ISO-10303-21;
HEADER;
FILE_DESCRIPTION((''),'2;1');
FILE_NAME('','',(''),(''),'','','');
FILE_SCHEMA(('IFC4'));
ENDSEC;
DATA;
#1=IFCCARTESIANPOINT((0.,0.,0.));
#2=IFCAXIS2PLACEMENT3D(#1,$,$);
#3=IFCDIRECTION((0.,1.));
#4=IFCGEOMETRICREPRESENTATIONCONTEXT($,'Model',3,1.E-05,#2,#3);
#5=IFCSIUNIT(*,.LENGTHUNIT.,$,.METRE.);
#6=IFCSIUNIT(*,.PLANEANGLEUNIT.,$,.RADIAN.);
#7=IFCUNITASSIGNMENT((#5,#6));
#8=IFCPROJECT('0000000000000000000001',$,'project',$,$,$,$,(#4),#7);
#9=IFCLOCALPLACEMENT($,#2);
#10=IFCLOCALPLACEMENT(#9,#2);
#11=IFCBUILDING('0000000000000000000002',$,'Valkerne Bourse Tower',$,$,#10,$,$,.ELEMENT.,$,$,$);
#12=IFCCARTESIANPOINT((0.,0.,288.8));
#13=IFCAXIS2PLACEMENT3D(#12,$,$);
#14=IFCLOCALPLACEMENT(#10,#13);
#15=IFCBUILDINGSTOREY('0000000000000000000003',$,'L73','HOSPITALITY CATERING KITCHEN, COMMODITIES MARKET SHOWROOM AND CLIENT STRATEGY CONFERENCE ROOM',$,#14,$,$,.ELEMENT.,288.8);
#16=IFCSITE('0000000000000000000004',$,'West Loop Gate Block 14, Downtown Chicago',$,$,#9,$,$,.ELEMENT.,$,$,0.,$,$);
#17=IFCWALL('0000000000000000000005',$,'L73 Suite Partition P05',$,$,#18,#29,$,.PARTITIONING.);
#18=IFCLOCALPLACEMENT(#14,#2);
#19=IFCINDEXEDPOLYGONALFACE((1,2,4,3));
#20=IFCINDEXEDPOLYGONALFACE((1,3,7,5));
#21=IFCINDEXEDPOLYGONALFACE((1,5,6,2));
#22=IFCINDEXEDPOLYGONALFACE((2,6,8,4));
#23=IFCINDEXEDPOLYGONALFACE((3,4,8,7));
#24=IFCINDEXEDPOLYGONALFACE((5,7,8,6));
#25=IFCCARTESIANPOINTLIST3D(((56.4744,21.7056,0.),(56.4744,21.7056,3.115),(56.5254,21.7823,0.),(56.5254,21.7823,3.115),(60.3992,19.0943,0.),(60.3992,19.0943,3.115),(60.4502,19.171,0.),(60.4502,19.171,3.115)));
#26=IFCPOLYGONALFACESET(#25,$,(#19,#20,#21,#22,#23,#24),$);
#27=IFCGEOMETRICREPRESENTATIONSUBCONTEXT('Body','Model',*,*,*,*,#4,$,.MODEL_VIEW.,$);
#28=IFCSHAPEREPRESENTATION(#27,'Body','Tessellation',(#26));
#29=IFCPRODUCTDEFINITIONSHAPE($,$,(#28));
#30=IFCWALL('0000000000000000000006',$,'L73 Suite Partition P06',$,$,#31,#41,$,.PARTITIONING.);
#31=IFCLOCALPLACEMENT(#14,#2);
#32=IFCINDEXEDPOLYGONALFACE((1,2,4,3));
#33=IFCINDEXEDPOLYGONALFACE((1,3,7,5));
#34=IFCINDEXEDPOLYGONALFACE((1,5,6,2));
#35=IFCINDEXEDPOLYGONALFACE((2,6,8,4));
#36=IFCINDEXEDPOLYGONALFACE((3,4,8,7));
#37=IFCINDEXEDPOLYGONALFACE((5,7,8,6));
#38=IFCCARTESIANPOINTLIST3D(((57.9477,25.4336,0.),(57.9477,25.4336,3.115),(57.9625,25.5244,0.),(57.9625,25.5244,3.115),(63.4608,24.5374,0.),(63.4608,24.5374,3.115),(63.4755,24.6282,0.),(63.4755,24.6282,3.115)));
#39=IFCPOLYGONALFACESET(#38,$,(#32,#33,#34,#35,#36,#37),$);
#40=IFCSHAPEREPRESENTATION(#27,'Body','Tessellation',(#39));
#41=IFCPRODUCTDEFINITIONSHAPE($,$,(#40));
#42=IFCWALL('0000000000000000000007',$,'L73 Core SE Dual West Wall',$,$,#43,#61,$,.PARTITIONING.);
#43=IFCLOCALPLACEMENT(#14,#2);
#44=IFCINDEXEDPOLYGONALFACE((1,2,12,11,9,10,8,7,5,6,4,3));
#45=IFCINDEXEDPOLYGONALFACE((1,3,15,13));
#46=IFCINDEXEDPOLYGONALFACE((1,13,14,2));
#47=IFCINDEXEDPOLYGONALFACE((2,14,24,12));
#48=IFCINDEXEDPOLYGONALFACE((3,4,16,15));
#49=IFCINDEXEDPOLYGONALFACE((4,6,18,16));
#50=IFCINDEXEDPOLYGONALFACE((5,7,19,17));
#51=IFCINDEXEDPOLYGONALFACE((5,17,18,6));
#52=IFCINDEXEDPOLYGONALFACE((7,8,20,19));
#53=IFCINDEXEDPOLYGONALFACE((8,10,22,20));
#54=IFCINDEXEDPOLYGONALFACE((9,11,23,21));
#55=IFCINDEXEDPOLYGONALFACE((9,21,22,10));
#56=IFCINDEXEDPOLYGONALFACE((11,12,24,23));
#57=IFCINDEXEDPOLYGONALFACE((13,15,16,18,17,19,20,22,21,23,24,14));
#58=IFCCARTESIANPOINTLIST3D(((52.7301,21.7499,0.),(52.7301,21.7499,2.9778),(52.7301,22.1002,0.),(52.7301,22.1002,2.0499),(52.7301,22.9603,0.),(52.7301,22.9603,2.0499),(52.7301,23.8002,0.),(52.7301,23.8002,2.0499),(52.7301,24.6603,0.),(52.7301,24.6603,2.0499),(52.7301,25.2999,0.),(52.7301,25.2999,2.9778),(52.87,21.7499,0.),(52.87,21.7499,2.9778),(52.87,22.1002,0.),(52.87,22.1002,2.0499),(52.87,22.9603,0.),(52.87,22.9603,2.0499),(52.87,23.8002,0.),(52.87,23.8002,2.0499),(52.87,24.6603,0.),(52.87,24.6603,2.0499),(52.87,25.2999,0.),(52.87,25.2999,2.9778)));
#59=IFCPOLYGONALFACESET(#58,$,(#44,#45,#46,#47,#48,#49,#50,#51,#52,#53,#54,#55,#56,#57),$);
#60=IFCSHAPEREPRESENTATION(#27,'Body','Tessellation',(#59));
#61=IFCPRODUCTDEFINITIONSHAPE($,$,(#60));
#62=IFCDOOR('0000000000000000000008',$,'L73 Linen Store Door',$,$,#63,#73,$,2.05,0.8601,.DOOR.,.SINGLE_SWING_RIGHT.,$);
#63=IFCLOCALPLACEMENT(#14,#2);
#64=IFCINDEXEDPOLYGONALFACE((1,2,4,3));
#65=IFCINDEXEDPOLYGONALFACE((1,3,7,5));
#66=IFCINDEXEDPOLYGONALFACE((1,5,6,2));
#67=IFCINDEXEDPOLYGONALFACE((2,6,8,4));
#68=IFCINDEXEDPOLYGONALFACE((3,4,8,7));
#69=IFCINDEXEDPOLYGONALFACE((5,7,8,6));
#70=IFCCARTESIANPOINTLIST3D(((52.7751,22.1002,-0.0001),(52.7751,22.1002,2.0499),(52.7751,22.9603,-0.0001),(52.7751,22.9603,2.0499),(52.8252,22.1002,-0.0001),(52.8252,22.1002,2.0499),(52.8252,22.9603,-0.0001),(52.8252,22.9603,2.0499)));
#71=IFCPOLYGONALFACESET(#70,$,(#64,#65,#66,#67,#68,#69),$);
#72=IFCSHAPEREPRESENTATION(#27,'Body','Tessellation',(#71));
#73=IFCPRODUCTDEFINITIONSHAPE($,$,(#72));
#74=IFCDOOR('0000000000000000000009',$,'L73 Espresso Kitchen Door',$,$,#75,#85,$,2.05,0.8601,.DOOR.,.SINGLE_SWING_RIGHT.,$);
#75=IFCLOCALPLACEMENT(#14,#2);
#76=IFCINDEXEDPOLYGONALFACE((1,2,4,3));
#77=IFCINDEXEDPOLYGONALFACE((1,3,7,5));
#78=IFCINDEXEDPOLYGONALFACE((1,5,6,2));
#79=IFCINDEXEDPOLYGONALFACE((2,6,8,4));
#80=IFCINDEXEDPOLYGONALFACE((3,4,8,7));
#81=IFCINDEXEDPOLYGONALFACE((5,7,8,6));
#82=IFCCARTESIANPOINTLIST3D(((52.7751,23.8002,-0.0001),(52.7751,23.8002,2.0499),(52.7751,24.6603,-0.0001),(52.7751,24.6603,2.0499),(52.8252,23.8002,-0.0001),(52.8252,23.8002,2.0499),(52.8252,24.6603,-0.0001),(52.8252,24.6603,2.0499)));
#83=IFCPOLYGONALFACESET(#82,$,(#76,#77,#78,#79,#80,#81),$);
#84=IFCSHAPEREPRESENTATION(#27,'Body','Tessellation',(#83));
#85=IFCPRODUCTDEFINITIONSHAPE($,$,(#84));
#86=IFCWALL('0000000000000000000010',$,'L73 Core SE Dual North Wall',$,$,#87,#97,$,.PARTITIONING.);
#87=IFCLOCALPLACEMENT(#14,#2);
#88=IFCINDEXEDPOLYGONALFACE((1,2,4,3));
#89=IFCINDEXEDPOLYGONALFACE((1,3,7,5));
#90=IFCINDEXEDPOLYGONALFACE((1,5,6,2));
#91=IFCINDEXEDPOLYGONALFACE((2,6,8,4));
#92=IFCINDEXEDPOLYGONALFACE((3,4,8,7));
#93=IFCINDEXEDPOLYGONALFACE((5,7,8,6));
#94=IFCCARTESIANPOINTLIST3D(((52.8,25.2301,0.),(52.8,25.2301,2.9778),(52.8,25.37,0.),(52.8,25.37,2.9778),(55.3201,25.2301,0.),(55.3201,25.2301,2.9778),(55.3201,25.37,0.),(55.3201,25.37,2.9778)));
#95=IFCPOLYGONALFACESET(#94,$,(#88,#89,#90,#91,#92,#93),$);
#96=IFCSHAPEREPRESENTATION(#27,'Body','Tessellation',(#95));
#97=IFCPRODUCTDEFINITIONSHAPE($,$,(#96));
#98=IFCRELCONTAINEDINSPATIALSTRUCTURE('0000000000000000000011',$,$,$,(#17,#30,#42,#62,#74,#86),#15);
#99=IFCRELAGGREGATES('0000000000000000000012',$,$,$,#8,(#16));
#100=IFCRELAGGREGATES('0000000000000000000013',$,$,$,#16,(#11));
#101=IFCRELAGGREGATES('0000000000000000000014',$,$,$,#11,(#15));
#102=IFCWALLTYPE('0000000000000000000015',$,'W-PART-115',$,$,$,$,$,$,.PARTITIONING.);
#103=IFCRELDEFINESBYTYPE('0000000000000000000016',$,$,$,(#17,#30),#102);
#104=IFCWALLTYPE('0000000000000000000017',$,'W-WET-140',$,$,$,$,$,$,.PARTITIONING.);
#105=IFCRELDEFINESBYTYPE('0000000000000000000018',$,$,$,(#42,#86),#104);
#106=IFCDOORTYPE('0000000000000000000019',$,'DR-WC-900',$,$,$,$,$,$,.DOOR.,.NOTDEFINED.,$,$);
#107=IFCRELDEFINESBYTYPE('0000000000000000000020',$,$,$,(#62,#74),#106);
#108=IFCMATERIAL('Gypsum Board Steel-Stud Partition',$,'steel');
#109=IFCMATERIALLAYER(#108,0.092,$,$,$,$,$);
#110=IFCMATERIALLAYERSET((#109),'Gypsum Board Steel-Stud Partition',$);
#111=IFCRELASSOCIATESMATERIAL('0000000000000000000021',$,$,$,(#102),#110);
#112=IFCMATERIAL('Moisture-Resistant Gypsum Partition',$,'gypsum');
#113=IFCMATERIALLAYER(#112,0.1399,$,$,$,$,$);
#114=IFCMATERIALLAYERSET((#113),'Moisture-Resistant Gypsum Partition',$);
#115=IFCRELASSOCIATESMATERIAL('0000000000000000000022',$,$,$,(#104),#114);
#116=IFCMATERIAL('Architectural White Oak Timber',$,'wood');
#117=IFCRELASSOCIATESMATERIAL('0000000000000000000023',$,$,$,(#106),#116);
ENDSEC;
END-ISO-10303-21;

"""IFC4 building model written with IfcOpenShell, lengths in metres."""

from ifc_helpers import new_model, si_unit, direction, frame, frame_2d, origin, place, context, subcontext, project, spatial, rectangle, extrude, material, layer, layer_set, type_object, element, fill, save


model = new_model("IFC4")

# Units and contexts
model_context = context("Model", 3, precision=1e-05, world=origin(), true_north=direction((0.0, 1.0)))
body_context = subcontext(model_context, "Body", "Model", "MODEL_VIEW")
ifc_project = project(units=[si_unit("LENGTHUNIT", "METRE"), si_unit("PLANEANGLEUNIT", "RADIAN")], contexts=[model_context])

# Site, building, storey
site_placement = place(None, origin())
site = spatial("IfcSite", under=ifc_project, at=site_placement, Name="West Loop Gate Block 14, Downtown Chicago", CompositionType="ELEMENT", RefElevation=0.0)
building_placement = place(site_placement, origin())
building = spatial("IfcBuilding", under=site, at=building_placement, Name="Valkerne Bourse Tower", CompositionType="ELEMENT")
storey_placement = place(building_placement, frame((0.0, 0.0, 288.8)))
storey = spatial("IfcBuildingStorey", under=building, at=storey_placement, Name="L73", Description="HOSPITALITY CATERING KITCHEN, COMMODITIES MARKET SHOWROOM AND CLIENT STRATEGY CONFERENCE ROOM", CompositionType="ELEMENT", Elevation=288.8)

# Shared definitions
ifc_material_1 = material(Name="Gypsum Board Steel-Stud Partition", Category="steel")

# Walls
ifc_layer_1 = layer(ifc_material_1, 0.092)
ifc_layer_set_1 = layer_set([ifc_layer_1], Name="Gypsum Board Steel-Stud Partition")
wall_type_1 = type_object("IfcWallType", Name="W-PART-115", PredefinedType="PARTITIONING", material=ifc_layer_set_1)
wall_1_placement = place(storey_placement, frame((56.5, 21.7439, 0.0), z_axis=(0.0, 0.0, 1.0), x_axis=(0.83256, -0.553935, 0.0)))
element("IfcWall", 1, at=wall_1_placement, inside=storey, type_object=wall_type_1, Name="L73 Suite Partition P05", PredefinedType="PARTITIONING", context=body_context, shape_type="SweptSolid", body=[
    extrude(rectangle(XDim=4.7141, YDim=0.092, at=frame_2d((2.3569, 0.0))), origin(), (0.0, 0.0, 1.0), 3.115),
])
wall_2_placement = place(storey_placement, frame((57.9551, 25.479, 0.0), z_axis=(0.0, 0.0, 1.0), x_axis=(0.987043, -0.160457, 0.0)))
element("IfcWall", 2, at=wall_2_placement, inside=storey, type_object=wall_type_1, Name="L73 Suite Partition P06", PredefinedType="PARTITIONING", context=body_context, shape_type="SweptSolid", body=[
    extrude(rectangle(XDim=5.5854, YDim=0.092, at=frame_2d((2.7927, 0.0))), origin(), (0.0, 0.0, 1.0), 3.115),
])

# Wall, openings, doors
ifc_material_2 = material(Name="Moisture-Resistant Gypsum Partition", Category="gypsum")
ifc_layer_2 = layer(ifc_material_2, 0.1399)
ifc_layer_set_2 = layer_set([ifc_layer_2], Name="Moisture-Resistant Gypsum Partition")
wall_type_2 = type_object("IfcWallType", Name="W-WET-140", PredefinedType="PARTITIONING", material=ifc_layer_set_2)
wall_3_placement = place(storey_placement, frame((52.8, 21.75, 0.0), z_axis=(0.0, 0.0, 1.0), x_axis=(0.0, 1.0, 0.0)))
wall_3 = element("IfcWall", 3, at=wall_3_placement, inside=storey, type_object=wall_type_2, Name="L73 Core SE Dual West Wall", PredefinedType="PARTITIONING", context=body_context, shape_type="SweptSolid", body=[
    extrude(rectangle(XDim=3.55, YDim=0.1399, at=frame_2d((1.7749, 0.0))), origin(), (0.0, 0.0, 1.0), 2.9778),
])
opening_1_placement = place(wall_3_placement, frame((0.3501, 0.0, 0.0)))
opening_1 = element("IfcOpeningElement", 4, at=opening_1_placement, cuts=wall_3, PredefinedType="OPENING", context=body_context, shape_type="SweptSolid", body=[
    extrude(rectangle(XDim=0.8601, YDim=2.05, at=frame_2d((0.4302, 1.0249))), frame((0.0, 0.0798, 0.0), z_axis=(0.0, -1.0, 0.0), x_axis=(1.0, 0.0, 0.0)), (0.0, 0.0, 1.0), 0.1599),
])
opening_2_placement = place(wall_3_placement, frame((2.05, 0.0, 0.0)))
opening_2 = element("IfcOpeningElement", 5, at=opening_2_placement, cuts=wall_3, PredefinedType="OPENING", context=body_context, shape_type="SweptSolid", body=[
    extrude(rectangle(XDim=0.8601, YDim=2.05, at=frame_2d((0.4302, 1.0249))), frame((0.0, 0.0798, 0.0), z_axis=(0.0, -1.0, 0.0), x_axis=(1.0, 0.0, 0.0)), (0.0, 0.0, 1.0), 0.1599),
])
ifc_material_3 = material(Name="Architectural White Oak Timber", Category="wood")
door_type_1 = type_object("IfcDoorType", Name="DR-WC-900", OperationType="NOTDEFINED", PredefinedType="DOOR", material=ifc_material_3)
door_1_placement = place(opening_1_placement, origin())
door_1 = element("IfcDoor", 6, at=door_1_placement, inside=storey, type_object=door_type_1, Name="L73 Linen Store Door", OperationType="SINGLE_SWING_RIGHT", OverallHeight=2.05, OverallWidth=0.8601, PredefinedType="DOOR", context=body_context, shape_type="SweptSolid", body=[
    extrude(rectangle(XDim=0.8601, YDim=2.05, at=frame_2d((0.4302, 1.0249))), frame((0.0, 0.0249, 0.0), z_axis=(0.0, -1.0, 0.0), x_axis=(1.0, 0.0, 0.0)), (0.0, 0.0, 1.0), 0.05),
])
fill(opening_1, door_1)
door_2_placement = place(opening_2_placement, origin())
door_2 = element("IfcDoor", 7, at=door_2_placement, inside=storey, type_object=door_type_1, Name="L73 Espresso Kitchen Door", OperationType="SINGLE_SWING_RIGHT", OverallHeight=2.05, OverallWidth=0.8601, PredefinedType="DOOR", context=body_context, shape_type="SweptSolid", body=[
    extrude(rectangle(XDim=0.8601, YDim=2.05, at=frame_2d((0.4302, 1.0249))), frame((0.0, 0.0249, 0.0), z_axis=(0.0, -1.0, 0.0), x_axis=(1.0, 0.0, 0.0)), (0.0, 0.0, 1.0), 0.05),
])
fill(opening_2, door_2)

# Wall
wall_4_placement = place(storey_placement, frame((52.8, 25.3, 0.0), z_axis=(0.0, 0.0, 1.0), x_axis=(1.0, 0.0, 0.0)))
element("IfcWall", 8, at=wall_4_placement, inside=storey, type_object=wall_type_2, Name="L73 Core SE Dual North Wall", PredefinedType="PARTITIONING", context=body_context, shape_type="SweptSolid", body=[
    extrude(rectangle(XDim=2.52, YDim=0.1399, at=frame_2d((1.26, 0.0))), origin(), (0.0, 0.0, 1.0), 2.9778),
])

save(model, "model.ifc")
